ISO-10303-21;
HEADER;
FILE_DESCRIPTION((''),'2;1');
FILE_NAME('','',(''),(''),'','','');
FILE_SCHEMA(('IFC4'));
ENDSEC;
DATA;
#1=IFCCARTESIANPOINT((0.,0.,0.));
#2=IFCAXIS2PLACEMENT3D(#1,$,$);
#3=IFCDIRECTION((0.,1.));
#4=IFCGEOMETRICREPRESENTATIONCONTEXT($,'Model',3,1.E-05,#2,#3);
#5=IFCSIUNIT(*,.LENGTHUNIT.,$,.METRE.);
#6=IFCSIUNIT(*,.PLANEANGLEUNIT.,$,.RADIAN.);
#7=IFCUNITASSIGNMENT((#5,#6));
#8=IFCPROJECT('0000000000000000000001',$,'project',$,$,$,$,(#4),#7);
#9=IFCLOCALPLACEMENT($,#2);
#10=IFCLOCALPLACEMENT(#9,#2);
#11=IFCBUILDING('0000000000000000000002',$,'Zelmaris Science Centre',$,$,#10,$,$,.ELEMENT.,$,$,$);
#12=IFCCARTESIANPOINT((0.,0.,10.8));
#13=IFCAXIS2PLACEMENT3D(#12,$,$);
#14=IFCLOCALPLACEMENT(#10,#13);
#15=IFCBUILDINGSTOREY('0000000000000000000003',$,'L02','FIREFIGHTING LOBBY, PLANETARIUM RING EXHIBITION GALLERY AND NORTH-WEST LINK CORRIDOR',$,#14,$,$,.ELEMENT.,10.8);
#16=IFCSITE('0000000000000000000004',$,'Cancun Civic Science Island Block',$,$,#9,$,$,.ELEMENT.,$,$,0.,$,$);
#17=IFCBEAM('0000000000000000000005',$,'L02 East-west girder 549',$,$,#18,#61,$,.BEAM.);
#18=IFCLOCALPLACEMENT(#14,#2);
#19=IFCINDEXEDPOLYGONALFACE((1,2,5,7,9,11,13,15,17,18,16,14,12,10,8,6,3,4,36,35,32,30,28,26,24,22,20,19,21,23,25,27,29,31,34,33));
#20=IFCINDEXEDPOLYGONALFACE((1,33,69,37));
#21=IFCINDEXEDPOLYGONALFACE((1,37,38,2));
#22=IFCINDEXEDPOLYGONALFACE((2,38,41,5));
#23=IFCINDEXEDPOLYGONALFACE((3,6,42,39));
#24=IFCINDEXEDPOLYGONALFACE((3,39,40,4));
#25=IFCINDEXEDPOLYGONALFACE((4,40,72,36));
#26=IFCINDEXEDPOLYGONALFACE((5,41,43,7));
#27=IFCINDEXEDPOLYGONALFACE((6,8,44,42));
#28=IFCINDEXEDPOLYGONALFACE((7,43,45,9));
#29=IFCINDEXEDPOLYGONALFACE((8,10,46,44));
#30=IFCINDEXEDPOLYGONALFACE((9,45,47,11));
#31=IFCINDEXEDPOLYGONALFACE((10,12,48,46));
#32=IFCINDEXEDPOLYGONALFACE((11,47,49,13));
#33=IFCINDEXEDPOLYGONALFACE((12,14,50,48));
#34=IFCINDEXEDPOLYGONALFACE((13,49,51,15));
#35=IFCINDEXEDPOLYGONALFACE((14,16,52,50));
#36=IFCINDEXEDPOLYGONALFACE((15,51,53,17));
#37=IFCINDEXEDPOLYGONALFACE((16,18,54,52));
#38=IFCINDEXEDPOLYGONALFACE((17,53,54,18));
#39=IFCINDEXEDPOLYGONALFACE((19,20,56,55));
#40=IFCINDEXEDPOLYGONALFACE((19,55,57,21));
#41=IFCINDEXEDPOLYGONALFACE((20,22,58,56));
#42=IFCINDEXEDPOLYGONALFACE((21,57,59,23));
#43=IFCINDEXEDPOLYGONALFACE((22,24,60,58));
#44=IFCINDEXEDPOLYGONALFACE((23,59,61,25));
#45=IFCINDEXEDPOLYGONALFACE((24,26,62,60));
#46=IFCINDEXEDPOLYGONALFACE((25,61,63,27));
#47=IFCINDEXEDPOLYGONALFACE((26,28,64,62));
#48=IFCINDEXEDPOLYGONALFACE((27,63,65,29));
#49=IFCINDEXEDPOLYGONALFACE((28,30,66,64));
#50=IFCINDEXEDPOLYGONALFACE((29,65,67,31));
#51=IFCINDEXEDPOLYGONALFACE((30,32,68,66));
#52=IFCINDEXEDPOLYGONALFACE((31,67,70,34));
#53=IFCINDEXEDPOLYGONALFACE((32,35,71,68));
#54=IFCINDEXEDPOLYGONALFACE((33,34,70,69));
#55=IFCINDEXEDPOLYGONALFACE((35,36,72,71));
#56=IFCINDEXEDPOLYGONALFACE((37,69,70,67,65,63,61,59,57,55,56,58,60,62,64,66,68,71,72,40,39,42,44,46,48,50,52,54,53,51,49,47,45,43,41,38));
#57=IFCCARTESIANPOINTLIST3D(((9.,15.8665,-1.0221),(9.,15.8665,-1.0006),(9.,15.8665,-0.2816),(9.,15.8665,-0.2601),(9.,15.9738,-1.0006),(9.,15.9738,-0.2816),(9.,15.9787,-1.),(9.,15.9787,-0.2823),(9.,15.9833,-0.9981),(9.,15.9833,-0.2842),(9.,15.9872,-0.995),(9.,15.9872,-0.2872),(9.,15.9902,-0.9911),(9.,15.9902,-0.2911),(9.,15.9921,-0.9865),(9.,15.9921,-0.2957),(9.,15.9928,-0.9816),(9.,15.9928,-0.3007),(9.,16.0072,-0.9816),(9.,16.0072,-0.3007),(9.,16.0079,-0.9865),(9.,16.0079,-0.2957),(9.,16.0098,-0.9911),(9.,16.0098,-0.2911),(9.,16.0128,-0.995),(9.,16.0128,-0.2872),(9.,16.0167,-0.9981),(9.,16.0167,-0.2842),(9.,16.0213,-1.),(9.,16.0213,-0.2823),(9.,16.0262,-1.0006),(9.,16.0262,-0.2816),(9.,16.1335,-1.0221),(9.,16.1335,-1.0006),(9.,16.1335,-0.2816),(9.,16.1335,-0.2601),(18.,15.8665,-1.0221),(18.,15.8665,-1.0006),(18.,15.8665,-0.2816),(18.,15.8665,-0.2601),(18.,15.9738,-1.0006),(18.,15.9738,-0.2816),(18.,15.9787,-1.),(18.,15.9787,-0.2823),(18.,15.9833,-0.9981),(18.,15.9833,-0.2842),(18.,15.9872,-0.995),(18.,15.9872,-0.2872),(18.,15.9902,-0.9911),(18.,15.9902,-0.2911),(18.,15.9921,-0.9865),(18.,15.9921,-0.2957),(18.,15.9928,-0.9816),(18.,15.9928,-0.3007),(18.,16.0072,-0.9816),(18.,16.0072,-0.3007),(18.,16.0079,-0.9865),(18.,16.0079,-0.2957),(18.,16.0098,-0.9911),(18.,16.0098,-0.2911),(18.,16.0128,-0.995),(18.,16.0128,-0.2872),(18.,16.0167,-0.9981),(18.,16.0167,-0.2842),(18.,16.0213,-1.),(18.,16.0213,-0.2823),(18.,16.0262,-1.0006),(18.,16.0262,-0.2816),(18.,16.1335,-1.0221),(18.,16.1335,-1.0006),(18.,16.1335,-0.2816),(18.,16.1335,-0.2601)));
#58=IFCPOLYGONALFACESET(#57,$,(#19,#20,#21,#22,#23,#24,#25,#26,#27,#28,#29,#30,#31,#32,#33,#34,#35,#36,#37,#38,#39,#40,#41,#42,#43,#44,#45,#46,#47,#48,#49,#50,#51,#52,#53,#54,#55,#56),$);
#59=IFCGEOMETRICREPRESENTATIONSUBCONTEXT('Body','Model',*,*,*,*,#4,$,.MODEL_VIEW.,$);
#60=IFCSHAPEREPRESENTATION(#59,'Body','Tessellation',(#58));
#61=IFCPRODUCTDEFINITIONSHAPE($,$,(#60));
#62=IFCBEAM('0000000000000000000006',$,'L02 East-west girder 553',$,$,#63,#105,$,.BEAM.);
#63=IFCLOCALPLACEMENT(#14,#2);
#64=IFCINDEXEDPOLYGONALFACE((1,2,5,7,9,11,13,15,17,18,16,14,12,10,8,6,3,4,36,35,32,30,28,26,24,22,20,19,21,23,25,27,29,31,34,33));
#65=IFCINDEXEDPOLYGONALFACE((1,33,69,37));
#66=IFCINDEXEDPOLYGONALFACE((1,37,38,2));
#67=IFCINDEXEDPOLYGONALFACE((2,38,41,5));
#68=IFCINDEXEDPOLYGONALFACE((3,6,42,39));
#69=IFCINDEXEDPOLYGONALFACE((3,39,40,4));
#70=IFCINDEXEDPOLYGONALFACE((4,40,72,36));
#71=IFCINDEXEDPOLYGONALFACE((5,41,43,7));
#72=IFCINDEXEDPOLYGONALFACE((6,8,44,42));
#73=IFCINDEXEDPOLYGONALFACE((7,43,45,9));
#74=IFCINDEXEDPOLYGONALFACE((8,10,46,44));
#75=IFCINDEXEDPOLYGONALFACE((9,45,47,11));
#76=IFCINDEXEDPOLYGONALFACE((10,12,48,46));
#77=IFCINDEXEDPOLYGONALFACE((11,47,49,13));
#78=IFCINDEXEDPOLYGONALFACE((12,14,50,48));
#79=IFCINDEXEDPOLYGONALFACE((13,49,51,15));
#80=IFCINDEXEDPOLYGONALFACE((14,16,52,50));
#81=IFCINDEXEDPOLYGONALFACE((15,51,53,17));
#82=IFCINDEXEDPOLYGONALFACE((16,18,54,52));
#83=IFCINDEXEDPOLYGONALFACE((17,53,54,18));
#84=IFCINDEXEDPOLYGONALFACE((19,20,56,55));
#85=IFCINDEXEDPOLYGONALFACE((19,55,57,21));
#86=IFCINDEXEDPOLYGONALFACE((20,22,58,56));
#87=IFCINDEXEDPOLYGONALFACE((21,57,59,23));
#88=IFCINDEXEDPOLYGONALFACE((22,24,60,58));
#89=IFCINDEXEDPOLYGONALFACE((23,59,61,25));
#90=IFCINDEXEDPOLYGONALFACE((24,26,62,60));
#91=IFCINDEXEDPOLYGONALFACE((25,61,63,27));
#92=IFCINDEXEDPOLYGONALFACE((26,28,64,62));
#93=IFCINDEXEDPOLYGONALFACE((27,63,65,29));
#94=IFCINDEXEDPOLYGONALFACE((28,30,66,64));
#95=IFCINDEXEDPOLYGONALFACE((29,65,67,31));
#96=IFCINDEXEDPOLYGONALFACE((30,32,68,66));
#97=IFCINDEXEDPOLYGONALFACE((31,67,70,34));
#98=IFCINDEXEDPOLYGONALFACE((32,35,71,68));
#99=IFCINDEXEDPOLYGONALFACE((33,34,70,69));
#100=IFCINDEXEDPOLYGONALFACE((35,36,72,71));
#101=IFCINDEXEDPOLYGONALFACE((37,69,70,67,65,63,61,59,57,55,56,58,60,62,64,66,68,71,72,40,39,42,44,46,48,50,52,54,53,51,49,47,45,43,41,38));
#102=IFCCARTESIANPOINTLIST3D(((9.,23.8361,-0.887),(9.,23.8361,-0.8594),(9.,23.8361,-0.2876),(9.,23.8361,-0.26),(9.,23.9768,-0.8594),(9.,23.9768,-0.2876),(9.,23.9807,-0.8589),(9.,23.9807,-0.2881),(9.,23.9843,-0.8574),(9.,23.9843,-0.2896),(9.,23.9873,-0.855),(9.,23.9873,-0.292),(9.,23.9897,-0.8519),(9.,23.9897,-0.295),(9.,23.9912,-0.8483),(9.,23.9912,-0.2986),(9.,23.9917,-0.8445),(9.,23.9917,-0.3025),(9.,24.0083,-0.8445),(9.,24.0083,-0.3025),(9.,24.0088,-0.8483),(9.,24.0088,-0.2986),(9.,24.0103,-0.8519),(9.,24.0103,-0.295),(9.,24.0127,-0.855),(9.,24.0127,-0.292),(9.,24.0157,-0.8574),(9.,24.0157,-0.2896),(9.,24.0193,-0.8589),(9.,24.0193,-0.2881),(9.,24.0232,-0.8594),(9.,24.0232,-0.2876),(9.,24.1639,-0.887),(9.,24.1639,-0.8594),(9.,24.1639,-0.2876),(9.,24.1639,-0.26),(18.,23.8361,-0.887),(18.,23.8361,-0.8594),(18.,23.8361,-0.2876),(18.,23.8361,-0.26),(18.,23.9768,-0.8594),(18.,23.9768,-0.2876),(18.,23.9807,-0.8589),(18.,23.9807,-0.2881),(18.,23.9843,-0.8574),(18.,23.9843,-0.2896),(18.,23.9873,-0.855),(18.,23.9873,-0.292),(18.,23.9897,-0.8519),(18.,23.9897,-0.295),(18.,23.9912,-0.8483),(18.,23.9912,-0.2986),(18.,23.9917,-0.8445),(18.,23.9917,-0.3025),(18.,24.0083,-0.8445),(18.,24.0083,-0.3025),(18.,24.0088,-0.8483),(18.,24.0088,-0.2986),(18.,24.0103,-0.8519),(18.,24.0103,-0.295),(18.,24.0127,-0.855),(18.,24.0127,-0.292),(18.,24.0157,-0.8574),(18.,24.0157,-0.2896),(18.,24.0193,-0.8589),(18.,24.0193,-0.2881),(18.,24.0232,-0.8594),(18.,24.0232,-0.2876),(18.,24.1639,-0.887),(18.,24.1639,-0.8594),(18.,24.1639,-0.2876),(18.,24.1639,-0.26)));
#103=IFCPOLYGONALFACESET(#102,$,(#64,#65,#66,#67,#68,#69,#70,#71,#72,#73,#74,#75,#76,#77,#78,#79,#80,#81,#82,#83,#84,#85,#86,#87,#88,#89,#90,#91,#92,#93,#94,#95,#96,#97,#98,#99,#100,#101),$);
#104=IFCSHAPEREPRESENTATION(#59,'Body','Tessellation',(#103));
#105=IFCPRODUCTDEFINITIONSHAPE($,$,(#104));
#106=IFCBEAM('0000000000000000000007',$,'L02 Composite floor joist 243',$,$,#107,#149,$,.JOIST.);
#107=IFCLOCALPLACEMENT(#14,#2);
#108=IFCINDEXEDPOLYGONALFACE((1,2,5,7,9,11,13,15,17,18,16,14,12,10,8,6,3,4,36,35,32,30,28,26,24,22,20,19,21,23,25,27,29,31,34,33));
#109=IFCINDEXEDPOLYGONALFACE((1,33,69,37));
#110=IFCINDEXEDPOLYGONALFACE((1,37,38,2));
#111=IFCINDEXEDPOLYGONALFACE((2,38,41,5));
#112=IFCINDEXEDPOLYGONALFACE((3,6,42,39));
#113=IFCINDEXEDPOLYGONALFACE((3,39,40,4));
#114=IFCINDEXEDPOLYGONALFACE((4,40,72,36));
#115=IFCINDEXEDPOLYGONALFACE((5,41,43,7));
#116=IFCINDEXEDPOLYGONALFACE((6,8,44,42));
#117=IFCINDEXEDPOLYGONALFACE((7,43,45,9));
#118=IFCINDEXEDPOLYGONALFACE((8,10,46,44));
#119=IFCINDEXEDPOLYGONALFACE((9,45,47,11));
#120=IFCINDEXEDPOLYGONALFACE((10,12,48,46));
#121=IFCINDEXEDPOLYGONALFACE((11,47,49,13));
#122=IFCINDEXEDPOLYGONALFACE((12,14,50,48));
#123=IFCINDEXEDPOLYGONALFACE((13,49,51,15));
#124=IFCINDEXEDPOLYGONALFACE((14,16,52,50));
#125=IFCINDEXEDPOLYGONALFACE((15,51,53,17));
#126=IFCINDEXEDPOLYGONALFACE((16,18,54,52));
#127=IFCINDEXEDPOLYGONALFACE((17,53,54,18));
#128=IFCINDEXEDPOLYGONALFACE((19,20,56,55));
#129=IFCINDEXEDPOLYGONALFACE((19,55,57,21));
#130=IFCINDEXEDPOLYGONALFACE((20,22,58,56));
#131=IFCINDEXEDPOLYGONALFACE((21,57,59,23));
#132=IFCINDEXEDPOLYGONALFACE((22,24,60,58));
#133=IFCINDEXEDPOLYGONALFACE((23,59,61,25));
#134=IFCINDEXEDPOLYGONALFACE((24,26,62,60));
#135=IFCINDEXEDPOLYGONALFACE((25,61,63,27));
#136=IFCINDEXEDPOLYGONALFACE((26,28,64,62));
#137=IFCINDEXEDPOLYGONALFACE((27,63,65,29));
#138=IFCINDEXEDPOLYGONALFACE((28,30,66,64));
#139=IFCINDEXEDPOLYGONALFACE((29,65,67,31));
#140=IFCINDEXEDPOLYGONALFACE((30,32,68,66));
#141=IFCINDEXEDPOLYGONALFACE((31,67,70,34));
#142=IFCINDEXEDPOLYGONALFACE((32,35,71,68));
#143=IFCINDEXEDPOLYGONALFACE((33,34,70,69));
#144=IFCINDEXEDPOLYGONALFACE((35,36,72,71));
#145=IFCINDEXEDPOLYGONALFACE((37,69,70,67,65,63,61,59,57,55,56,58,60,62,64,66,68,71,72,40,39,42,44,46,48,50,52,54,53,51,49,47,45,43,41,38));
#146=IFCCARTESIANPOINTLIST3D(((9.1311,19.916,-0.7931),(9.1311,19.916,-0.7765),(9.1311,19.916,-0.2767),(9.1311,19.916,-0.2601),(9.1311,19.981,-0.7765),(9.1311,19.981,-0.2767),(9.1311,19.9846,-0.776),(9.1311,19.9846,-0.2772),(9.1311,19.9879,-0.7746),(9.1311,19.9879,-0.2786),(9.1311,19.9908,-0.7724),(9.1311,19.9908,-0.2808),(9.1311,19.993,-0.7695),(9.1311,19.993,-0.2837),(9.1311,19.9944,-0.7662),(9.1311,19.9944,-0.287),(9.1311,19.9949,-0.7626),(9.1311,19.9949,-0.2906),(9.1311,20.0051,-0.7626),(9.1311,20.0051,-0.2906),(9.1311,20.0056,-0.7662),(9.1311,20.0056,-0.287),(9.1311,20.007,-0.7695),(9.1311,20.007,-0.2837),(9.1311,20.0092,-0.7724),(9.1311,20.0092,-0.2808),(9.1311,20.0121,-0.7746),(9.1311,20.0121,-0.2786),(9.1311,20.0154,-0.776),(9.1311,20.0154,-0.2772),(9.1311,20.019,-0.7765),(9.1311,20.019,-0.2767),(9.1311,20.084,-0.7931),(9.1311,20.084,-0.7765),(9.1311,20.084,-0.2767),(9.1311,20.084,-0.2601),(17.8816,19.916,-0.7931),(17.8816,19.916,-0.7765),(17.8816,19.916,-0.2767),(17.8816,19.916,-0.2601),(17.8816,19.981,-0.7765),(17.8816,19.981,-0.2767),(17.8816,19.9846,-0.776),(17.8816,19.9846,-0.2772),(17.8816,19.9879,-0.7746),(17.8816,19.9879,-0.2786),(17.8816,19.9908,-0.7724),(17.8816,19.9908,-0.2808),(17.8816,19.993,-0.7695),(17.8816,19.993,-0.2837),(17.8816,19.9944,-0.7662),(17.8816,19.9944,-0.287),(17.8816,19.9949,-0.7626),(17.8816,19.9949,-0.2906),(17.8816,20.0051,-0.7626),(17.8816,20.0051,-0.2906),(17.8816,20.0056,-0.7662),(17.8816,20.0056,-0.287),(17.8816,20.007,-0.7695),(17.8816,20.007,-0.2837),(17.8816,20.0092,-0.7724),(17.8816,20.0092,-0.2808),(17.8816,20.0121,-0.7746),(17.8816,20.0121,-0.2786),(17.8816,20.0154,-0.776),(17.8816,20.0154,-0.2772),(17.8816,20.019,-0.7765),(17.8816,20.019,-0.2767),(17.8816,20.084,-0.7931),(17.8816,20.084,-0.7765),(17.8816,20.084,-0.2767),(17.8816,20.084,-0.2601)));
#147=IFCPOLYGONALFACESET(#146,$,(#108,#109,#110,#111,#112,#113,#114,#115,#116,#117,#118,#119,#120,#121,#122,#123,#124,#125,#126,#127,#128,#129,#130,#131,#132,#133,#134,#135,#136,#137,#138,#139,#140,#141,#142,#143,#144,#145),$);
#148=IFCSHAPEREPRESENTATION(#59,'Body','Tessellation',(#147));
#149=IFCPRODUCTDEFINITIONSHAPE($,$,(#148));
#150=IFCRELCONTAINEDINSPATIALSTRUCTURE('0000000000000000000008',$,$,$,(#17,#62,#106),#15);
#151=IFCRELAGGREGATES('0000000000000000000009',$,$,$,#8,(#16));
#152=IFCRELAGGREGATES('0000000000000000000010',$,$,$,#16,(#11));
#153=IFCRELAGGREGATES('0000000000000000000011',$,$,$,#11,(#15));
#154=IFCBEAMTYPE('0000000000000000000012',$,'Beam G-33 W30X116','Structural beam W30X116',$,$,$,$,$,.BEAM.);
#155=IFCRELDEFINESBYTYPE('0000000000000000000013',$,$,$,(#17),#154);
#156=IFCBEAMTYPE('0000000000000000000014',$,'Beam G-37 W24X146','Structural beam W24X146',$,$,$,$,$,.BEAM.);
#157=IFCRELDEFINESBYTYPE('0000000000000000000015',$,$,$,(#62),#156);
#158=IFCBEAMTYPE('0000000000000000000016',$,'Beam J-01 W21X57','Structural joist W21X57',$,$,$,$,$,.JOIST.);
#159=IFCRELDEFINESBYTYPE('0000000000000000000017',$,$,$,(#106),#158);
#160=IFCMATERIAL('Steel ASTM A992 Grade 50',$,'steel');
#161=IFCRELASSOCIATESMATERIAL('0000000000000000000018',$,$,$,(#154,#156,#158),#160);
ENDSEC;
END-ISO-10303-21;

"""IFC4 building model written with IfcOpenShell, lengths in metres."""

from ifc_helpers import new_model, si_unit, direction, frame, origin, origin_2d, place, context, subcontext, project, spatial, i_section, extrude, material, material_profile, profile_set, type_object, element, save


model = new_model("IFC4")

# Units and contexts
model_context = context("Model", 3, precision=1e-05, world=origin(), true_north=direction((0.0, 1.0)))
body_context = subcontext(model_context, "Body", "Model", "MODEL_VIEW")
ifc_project = project(units=[si_unit("LENGTHUNIT", "METRE"), si_unit("PLANEANGLEUNIT", "RADIAN")], contexts=[model_context])

# Site, building, storey
site_placement = place(None, origin())
site = spatial("IfcSite", under=ifc_project, at=site_placement, Name="Cancun Civic Science Island Block", CompositionType="ELEMENT", RefElevation=0.0)
building_placement = place(site_placement, origin())
building = spatial("IfcBuilding", under=site, at=building_placement, Name="Zelmaris Science Centre", CompositionType="ELEMENT")
storey_placement = place(building_placement, frame((0.0, 0.0, 10.8)))
storey = spatial("IfcBuildingStorey", under=building, at=storey_placement, Name="L02", Description="FIREFIGHTING LOBBY, PLANETARIUM RING EXHIBITION GALLERY AND NORTH-WEST LINK CORRIDOR", CompositionType="ELEMENT", Elevation=10.8)

# Shared definitions
ifc_material_1 = material(Name="Steel ASTM A992 Grade 50", Category="steel")

# Beams
ifc_material_profile_1 = material_profile(ifc_material_1, i_section(OverallWidth=0.2671, OverallDepth=0.762, WebThickness=0.0144, FlangeThickness=0.0215, FilletRadius=0.019, at=origin_2d()), Name="W30X116")
ifc_profile_set_1 = profile_set([ifc_material_profile_1], Name="Steel ASTM A992 Grade 50")
beam_type_1 = type_object("IfcBeamType", Name="Beam G-33 W30X116", Description="Structural beam W30X116", PredefinedType="BEAM", material=ifc_profile_set_1)
beam_1_placement = place(storey_placement, frame((9.0, 16.0, -0.6411), z_axis=(1.0, 0.0, 0.0), x_axis=(0.0, 1.0, 0.0)))
element("IfcBeam", 1, at=beam_1_placement, inside=storey, type_object=beam_type_1, Name="L02 East-west girder 549", PredefinedType="BEAM", context=body_context, shape_type="SweptSolid", body=[
    extrude(i_section(OverallWidth=0.2671, OverallDepth=0.762, WebThickness=0.0144, FlangeThickness=0.0215, FilletRadius=0.019, at=origin_2d()), origin(), (0.0, 0.0, 1.0), 9.0),
])
ifc_material_profile_2 = material_profile(ifc_material_1, i_section(OverallWidth=0.3279, OverallDepth=0.627, WebThickness=0.0166, FlangeThickness=0.0276, FilletRadius=0.0149, at=origin_2d()), Name="W24X146")
ifc_profile_set_2 = profile_set([ifc_material_profile_2], Name="Steel ASTM A992 Grade 50")
beam_type_2 = type_object("IfcBeamType", Name="Beam G-37 W24X146", Description="Structural beam W24X146", PredefinedType="BEAM", material=ifc_profile_set_2)
beam_2_placement = place(storey_placement, frame((9.0, 24.0, -0.5735), z_axis=(1.0, 0.0, 0.0), x_axis=(0.0, 1.0, 0.0)))
element("IfcBeam", 2, at=beam_2_placement, inside=storey, type_object=beam_type_2, Name="L02 East-west girder 553", PredefinedType="BEAM", context=body_context, shape_type="SweptSolid", body=[
    extrude(i_section(OverallWidth=0.3279, OverallDepth=0.627, WebThickness=0.0166, FlangeThickness=0.0276, FilletRadius=0.0149, at=origin_2d()), origin(), (0.0, 0.0, 1.0), 9.0),
])
ifc_material_profile_3 = material_profile(ifc_material_1, i_section(OverallWidth=0.168, OverallDepth=0.533, WebThickness=0.0103, FlangeThickness=0.0166, FilletRadius=0.0139, at=origin_2d()), Name="W21X57")
ifc_profile_set_3 = profile_set([ifc_material_profile_3], Name="Steel ASTM A992 Grade 50")
beam_type_3 = type_object("IfcBeamType", Name="Beam J-01 W21X57", Description="Structural joist W21X57", PredefinedType="JOIST", material=ifc_profile_set_3)
beam_3_placement = place(storey_placement, frame((9.1311, 20.0, -0.5266), z_axis=(1.0, 0.0, 0.0), x_axis=(0.0, 1.0, 0.0)))
element("IfcBeam", 3, at=beam_3_placement, inside=storey, type_object=beam_type_3, Name="L02 Composite floor joist 243", PredefinedType="JOIST", context=body_context, shape_type="SweptSolid", body=[
    extrude(i_section(OverallWidth=0.168, OverallDepth=0.533, WebThickness=0.0103, FlangeThickness=0.0166, FilletRadius=0.0139, at=origin_2d()), origin(), (0.0, 0.0, 1.0), 8.7505),
])

save(model, "model.ifc")
